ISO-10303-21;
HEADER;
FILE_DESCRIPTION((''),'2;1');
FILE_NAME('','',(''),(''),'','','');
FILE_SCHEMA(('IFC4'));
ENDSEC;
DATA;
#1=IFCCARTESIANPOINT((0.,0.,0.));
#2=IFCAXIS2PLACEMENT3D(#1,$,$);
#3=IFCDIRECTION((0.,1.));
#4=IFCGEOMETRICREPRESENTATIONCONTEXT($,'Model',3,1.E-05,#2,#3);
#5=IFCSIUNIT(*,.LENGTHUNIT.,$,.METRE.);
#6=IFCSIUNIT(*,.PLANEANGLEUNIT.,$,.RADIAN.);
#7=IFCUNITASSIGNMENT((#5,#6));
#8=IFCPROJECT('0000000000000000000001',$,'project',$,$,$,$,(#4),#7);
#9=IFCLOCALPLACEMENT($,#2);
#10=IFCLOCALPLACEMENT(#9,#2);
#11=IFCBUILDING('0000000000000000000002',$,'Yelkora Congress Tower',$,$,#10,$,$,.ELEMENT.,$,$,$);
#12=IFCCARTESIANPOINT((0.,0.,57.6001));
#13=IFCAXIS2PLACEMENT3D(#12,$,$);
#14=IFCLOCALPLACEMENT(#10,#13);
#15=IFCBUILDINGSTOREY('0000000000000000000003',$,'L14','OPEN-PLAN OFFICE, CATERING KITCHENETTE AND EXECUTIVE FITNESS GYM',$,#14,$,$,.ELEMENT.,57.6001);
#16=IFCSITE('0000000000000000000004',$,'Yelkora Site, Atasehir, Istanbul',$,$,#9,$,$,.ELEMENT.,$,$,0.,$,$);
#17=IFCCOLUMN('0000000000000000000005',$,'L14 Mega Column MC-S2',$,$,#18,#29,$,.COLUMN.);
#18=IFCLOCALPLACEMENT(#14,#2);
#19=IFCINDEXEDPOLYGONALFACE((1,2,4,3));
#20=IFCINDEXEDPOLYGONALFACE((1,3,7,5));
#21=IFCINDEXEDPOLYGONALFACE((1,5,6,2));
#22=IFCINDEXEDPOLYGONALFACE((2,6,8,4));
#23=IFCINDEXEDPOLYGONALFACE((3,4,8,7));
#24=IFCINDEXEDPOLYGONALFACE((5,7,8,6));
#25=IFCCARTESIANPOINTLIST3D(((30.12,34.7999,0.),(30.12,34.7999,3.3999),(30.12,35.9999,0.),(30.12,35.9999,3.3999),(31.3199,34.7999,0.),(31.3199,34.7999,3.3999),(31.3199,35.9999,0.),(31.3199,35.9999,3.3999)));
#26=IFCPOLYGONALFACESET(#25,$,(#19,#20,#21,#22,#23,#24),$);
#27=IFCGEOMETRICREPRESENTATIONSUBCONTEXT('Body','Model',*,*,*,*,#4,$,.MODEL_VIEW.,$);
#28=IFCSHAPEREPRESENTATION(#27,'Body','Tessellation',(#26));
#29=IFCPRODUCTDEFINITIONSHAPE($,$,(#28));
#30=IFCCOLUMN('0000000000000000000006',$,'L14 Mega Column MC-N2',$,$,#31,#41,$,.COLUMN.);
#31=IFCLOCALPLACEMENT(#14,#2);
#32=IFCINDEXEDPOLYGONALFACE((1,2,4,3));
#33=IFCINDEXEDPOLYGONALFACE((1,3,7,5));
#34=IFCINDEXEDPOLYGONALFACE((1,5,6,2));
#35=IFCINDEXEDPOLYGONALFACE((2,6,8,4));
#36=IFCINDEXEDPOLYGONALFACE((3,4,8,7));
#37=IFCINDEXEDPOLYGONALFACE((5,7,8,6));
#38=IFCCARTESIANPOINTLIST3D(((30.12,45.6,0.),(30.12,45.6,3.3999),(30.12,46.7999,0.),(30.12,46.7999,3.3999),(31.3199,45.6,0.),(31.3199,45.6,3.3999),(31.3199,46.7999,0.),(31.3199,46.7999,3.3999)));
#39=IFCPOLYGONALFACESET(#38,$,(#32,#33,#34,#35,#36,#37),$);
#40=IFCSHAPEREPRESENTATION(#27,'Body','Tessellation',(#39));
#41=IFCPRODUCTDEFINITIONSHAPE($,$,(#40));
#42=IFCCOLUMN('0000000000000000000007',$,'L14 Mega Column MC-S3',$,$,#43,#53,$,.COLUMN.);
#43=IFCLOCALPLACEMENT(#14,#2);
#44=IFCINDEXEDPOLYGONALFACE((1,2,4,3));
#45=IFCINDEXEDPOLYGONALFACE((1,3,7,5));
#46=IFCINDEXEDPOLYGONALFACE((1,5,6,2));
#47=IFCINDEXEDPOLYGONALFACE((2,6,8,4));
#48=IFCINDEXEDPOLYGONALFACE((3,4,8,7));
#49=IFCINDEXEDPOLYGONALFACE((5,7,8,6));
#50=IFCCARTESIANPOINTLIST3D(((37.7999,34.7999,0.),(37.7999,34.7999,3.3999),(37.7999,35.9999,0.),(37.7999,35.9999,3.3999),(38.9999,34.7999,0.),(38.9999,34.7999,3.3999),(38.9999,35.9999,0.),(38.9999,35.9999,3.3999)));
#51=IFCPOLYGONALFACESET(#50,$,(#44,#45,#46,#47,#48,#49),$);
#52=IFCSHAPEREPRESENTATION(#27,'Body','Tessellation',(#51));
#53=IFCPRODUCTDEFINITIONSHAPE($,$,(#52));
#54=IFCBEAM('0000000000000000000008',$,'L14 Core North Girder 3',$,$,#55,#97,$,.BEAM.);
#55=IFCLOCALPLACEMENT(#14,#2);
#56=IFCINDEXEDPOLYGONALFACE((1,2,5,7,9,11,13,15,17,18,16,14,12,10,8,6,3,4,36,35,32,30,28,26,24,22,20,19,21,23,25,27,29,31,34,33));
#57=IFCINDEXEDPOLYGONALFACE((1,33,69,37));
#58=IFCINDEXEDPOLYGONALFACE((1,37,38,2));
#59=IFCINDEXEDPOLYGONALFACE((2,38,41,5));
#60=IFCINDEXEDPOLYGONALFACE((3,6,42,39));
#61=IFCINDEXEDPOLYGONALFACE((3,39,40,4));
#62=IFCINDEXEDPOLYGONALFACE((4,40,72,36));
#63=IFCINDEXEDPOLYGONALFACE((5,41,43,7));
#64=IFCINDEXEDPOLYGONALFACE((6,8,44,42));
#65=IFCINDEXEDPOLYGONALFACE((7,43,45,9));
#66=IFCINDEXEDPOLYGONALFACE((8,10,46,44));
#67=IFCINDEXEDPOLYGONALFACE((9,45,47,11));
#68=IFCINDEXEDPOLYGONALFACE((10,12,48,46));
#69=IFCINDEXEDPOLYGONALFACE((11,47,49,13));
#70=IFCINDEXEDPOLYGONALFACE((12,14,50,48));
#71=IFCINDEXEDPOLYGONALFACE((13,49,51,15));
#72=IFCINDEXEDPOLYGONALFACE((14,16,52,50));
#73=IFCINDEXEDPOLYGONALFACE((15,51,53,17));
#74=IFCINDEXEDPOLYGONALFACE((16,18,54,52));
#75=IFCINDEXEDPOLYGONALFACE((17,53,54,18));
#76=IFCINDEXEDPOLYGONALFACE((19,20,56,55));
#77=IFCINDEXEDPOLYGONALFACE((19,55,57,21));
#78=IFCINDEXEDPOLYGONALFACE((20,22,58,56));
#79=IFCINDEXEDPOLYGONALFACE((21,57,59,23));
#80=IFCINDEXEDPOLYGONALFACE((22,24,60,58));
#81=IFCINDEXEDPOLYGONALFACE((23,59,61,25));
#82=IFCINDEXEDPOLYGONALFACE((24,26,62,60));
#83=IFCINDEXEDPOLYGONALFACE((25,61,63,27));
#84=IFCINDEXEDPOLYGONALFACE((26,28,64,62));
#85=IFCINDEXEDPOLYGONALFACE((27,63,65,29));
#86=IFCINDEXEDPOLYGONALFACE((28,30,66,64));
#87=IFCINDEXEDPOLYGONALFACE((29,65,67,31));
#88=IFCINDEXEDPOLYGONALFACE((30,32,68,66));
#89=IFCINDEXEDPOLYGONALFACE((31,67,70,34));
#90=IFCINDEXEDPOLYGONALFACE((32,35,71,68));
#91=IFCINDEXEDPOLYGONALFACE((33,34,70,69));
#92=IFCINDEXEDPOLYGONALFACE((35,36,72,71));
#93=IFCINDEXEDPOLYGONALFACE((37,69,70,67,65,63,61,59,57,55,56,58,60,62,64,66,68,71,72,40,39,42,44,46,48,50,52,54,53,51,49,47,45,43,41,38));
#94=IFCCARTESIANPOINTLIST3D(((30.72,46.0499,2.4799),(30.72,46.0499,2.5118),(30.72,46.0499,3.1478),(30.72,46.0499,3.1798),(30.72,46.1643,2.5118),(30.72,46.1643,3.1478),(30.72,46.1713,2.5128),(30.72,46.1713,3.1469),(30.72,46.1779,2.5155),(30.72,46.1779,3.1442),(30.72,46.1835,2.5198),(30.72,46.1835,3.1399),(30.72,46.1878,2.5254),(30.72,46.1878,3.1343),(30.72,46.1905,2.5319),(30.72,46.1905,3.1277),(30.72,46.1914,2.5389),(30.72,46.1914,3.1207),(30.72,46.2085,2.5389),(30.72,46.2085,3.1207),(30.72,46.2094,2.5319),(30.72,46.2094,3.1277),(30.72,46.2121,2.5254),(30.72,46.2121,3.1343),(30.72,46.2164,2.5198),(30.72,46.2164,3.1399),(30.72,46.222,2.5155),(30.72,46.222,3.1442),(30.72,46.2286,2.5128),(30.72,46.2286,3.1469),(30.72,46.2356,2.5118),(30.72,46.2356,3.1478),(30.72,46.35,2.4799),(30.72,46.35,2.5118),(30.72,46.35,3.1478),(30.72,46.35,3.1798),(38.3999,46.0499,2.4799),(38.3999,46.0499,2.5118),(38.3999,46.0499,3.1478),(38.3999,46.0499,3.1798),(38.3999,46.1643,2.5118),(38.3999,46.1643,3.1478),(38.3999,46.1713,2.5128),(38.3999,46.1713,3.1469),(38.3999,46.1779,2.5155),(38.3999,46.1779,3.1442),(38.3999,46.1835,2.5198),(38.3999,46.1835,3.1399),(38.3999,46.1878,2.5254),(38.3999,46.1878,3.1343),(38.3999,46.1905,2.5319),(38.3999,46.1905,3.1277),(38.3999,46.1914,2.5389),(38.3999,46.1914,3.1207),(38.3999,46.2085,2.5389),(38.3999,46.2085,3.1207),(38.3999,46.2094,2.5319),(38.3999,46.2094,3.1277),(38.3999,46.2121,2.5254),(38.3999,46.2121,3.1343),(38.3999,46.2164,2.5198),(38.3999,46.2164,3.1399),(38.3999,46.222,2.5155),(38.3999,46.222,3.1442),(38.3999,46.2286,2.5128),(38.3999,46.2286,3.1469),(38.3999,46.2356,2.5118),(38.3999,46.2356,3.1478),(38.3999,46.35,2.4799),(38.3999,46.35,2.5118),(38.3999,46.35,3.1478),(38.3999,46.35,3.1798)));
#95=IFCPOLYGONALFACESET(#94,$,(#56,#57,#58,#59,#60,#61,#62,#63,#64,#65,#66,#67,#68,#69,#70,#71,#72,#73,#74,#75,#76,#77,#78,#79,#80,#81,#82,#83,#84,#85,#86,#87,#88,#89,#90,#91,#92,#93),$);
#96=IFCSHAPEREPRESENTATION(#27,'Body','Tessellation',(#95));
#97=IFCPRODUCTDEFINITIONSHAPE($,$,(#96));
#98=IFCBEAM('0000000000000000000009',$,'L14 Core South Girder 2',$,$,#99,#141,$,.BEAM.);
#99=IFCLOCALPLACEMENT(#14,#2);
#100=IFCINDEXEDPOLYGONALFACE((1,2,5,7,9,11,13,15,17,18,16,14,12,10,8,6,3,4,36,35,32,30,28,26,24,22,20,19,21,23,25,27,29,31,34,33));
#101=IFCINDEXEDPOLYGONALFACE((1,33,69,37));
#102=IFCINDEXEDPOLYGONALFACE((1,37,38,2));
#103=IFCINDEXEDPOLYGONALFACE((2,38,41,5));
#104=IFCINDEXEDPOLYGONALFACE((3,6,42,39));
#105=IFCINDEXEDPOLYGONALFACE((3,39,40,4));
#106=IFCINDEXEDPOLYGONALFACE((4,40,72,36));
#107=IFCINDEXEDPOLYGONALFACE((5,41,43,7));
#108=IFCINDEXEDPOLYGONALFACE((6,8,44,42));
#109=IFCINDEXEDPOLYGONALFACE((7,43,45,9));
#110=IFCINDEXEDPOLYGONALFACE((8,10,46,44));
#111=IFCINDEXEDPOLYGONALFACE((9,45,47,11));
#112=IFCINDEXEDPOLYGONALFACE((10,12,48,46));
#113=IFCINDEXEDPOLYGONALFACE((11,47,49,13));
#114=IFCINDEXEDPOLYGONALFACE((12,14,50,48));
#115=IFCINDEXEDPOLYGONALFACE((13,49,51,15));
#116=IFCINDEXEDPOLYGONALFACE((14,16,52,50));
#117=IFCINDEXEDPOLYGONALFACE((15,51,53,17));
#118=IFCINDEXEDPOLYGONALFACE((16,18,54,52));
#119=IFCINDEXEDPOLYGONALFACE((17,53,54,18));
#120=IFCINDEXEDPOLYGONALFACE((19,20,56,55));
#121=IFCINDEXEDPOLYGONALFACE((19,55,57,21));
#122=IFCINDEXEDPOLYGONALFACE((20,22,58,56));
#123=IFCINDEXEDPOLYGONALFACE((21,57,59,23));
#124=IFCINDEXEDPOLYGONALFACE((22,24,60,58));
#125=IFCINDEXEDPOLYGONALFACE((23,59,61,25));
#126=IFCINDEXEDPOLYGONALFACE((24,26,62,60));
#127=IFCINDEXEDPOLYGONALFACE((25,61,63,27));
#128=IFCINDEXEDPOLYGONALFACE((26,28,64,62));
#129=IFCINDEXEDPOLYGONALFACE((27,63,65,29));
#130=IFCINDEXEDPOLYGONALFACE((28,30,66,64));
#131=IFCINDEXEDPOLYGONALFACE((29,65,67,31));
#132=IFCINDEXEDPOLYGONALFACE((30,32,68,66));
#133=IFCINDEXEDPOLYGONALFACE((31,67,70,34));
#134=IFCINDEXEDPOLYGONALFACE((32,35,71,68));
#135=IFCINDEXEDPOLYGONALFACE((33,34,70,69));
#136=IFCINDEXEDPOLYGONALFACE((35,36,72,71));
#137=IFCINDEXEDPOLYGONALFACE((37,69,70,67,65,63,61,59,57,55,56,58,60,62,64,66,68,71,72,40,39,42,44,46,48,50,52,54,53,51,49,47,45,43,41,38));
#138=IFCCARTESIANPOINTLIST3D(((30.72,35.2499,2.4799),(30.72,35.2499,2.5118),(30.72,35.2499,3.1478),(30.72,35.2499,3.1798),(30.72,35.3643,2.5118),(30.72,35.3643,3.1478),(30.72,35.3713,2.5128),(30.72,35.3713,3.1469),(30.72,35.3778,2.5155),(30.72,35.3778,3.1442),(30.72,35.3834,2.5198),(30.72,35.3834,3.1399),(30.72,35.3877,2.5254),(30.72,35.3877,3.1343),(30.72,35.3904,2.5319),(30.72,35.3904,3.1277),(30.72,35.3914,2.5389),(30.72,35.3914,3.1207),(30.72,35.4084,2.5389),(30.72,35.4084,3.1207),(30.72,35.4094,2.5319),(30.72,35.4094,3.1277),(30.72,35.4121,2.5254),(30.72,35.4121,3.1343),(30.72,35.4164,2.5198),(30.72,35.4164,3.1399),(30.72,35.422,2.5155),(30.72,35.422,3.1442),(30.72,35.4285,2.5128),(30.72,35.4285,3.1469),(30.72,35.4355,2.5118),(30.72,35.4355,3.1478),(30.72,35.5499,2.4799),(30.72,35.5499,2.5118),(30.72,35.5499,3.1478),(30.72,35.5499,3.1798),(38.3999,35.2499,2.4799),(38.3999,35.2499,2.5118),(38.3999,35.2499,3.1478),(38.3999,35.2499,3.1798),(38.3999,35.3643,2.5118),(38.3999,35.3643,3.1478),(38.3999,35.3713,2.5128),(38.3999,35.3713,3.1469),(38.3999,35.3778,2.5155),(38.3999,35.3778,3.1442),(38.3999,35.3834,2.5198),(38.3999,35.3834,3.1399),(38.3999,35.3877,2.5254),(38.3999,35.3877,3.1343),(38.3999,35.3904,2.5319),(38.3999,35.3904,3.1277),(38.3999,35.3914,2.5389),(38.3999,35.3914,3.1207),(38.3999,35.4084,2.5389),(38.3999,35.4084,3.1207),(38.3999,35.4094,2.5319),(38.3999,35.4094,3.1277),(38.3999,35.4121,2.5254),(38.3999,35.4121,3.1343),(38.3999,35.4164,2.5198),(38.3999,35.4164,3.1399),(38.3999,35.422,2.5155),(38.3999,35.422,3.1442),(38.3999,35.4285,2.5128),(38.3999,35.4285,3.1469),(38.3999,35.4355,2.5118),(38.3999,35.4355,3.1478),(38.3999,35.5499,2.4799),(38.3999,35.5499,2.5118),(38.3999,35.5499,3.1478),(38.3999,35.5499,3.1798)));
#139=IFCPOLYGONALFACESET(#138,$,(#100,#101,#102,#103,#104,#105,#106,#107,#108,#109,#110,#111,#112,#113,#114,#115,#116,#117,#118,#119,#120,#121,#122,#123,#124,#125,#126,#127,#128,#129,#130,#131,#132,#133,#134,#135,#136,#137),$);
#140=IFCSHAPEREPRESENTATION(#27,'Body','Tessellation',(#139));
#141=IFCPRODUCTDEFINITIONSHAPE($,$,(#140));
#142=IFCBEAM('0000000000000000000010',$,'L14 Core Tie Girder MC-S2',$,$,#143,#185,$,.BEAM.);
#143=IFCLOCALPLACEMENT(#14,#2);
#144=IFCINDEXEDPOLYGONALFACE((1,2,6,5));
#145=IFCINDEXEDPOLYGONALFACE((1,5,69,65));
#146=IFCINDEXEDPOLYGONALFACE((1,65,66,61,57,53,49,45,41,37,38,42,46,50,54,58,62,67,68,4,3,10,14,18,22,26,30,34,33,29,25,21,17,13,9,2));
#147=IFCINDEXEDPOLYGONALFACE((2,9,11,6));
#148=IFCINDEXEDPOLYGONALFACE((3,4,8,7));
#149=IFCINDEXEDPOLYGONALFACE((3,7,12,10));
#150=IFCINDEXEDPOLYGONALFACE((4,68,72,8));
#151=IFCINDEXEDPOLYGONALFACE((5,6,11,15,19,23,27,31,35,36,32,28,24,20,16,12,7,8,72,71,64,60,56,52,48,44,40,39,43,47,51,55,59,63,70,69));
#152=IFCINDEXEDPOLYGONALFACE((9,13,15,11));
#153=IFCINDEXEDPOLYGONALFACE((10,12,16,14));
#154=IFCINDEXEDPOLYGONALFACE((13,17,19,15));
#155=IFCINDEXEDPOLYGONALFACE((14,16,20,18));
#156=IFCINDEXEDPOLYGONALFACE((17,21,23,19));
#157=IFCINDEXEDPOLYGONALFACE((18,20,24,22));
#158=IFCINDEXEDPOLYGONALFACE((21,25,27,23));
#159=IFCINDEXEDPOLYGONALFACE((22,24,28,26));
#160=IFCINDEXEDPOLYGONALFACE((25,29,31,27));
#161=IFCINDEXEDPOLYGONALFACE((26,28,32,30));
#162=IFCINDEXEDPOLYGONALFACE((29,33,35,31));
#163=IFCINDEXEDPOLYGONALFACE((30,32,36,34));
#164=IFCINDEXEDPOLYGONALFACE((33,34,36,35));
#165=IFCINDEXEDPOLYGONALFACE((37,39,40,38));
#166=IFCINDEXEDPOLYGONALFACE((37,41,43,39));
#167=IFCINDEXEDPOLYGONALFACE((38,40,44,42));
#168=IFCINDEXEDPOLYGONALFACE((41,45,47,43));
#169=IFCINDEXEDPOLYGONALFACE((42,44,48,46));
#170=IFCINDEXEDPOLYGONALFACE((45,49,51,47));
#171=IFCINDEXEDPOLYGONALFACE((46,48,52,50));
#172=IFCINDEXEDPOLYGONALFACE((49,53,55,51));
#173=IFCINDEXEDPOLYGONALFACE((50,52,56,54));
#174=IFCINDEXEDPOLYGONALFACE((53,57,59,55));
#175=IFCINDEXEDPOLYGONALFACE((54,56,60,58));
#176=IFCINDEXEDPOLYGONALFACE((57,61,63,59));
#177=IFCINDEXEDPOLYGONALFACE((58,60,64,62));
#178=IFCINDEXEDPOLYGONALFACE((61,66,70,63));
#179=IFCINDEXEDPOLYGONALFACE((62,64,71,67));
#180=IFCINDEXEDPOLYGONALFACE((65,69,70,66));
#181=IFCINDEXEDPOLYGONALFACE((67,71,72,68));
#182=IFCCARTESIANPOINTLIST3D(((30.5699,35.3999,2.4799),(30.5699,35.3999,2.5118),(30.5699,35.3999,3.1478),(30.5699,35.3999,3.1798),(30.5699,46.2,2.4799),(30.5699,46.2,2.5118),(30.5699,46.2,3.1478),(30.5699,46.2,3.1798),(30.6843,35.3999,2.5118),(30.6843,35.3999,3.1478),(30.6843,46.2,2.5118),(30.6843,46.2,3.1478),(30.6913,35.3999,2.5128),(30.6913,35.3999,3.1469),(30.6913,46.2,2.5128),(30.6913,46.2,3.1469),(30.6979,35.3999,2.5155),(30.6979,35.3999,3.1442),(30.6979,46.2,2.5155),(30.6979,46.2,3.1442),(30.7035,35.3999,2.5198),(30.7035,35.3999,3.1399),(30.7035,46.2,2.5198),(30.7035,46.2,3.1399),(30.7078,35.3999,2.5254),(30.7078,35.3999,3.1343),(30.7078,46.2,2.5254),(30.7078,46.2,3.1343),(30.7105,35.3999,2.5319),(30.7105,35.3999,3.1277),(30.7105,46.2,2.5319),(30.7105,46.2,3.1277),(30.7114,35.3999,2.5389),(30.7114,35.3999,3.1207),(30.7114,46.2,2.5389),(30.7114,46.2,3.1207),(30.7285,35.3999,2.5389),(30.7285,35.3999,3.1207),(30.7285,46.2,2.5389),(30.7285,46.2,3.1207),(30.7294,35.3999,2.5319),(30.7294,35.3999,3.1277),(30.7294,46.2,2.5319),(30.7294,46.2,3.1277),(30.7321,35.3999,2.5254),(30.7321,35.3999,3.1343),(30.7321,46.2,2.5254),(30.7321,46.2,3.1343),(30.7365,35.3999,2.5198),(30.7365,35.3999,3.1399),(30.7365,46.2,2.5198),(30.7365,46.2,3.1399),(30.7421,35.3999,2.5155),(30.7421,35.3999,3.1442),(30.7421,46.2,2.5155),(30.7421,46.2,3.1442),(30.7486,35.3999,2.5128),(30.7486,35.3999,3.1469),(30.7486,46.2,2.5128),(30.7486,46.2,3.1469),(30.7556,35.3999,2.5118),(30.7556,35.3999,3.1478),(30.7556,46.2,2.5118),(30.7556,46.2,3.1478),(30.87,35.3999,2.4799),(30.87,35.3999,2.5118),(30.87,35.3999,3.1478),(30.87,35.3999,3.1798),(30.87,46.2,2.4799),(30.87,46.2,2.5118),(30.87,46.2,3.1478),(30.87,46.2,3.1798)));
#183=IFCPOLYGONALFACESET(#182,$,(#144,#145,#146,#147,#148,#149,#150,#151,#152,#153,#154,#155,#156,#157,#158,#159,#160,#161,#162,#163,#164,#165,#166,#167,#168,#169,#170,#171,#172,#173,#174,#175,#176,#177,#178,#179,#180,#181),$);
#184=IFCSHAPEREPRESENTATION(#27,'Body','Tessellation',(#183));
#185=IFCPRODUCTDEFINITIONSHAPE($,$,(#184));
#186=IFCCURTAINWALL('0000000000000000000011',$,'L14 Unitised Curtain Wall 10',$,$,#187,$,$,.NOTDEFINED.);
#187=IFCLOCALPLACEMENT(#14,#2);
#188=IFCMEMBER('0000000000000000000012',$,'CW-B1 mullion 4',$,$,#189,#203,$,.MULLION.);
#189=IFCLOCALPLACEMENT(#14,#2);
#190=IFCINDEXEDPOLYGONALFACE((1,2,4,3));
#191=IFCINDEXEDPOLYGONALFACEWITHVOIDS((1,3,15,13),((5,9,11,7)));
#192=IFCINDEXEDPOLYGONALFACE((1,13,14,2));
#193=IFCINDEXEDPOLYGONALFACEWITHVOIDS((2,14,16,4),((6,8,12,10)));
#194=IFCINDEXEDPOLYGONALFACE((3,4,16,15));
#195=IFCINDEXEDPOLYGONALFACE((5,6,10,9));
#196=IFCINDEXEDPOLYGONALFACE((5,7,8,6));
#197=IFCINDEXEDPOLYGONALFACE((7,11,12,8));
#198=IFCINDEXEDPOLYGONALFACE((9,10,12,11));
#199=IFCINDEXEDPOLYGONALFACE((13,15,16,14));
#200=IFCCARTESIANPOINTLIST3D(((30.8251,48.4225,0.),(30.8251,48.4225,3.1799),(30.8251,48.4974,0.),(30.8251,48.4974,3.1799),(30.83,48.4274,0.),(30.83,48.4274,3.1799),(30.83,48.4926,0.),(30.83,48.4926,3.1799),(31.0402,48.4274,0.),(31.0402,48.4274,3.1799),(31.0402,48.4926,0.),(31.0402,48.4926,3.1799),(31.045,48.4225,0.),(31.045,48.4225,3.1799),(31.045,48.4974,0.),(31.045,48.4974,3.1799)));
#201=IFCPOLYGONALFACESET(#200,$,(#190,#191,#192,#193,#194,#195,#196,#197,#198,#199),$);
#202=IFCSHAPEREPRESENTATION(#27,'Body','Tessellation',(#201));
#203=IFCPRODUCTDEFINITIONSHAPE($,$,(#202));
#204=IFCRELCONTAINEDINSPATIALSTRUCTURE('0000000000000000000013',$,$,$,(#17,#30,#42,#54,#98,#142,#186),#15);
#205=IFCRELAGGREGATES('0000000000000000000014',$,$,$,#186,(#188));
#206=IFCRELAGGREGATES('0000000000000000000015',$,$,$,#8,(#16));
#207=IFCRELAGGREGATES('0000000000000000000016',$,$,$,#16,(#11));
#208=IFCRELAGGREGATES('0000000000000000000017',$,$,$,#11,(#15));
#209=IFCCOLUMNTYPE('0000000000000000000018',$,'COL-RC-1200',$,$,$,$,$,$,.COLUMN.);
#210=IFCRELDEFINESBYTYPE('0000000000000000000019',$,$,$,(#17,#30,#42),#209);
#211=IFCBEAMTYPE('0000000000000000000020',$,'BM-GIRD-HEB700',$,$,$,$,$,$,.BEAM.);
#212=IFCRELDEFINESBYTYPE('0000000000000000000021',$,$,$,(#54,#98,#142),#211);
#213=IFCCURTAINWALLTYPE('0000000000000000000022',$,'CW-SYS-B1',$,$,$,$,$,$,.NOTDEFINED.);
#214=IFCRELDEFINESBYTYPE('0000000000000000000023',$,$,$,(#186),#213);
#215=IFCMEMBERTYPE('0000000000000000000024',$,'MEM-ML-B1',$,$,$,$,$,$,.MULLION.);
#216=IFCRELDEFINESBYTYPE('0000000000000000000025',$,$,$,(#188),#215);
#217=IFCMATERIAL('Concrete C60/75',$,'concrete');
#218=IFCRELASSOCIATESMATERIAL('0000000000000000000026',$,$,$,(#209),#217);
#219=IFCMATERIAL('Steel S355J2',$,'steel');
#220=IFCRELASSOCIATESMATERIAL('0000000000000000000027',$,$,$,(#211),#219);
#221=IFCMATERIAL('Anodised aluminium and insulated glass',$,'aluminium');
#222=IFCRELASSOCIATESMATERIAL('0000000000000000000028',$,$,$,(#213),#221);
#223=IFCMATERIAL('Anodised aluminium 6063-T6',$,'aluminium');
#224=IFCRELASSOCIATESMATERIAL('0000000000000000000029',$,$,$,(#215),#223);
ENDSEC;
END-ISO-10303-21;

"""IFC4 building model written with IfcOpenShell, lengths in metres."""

from ifc_helpers import new_model, si_unit, direction, frame, origin, origin_2d, place, context, subcontext, project, spatial, rectangle, hollow_rectangle, i_section, extrude, material, material_profile, profile_set, type_object, element, aggregate, save


model = new_model("IFC4")

# Units and contexts
model_context = context("Model", 3, precision=1e-05, world=origin(), true_north=direction((0.0, 1.0)))
body_context = subcontext(model_context, "Body", "Model", "MODEL_VIEW")
ifc_project = project(units=[si_unit("LENGTHUNIT", "METRE"), si_unit("PLANEANGLEUNIT", "RADIAN")], contexts=[model_context])

# Site, building, storey
site_placement = place(None, origin())
site = spatial("IfcSite", under=ifc_project, at=site_placement, Name="Yelkora Site, Atasehir, Istanbul", CompositionType="ELEMENT", RefElevation=0.0)
building_placement = place(site_placement, origin())
building = spatial("IfcBuilding", under=site, at=building_placement, Name="Yelkora Congress Tower", CompositionType="ELEMENT")
storey_placement = place(building_placement, frame((0.0, 0.0, 57.6001)))
storey = spatial("IfcBuildingStorey", under=building, at=storey_placement, Name="L14", Description="OPEN-PLAN OFFICE, CATERING KITCHENETTE AND EXECUTIVE FITNESS GYM", CompositionType="ELEMENT", Elevation=57.6001)

# Columns
ifc_material_1 = material(Name="Concrete C60/75", Category="concrete")
ifc_material_profile_1 = material_profile(ifc_material_1, rectangle(XDim=1.2, YDim=1.2, at=origin_2d()), Name="RC 1200x1200")
ifc_profile_set_1 = profile_set([ifc_material_profile_1], Name="Concrete C60/75")
column_type = type_object("IfcColumnType", Name="COL-RC-1200", PredefinedType="COLUMN", material=ifc_profile_set_1)
for number, where, z_axis, x_axis, name in (
    (1, (30.72, 35.3999, 0.0), (0.0, 0.0, 1.0), (1.0, 0.0, 0.0), "L14 Mega Column MC-S2"),
    (2, (30.72, 46.2, 0.0), (0.0, 0.0, 1.0), (1.0, 0.0, 0.0), "L14 Mega Column MC-N2"),
    (3, (38.3999, 35.3999, 0.0), (0.0, 0.0, 1.0), (1.0, 0.0, 0.0), "L14 Mega Column MC-S3"),
):
    element("IfcColumn", number, at=place(storey_placement, frame(where, z_axis=z_axis, x_axis=x_axis)), inside=storey, type_object=column_type, Name=name, PredefinedType="COLUMN", context=body_context, shape_type="SweptSolid", body=[
        extrude(rectangle(XDim=1.2, YDim=1.2, at=origin_2d()), origin(), (0.0, 0.0, 1.0), 3.3999),
    ])

# Beams
ifc_material_2 = material(Name="Steel S355J2", Category="steel")
ifc_material_profile_2 = material_profile(ifc_material_2, i_section(OverallWidth=0.3, OverallDepth=0.7, WebThickness=0.0171, FlangeThickness=0.032, FilletRadius=0.0271, at=origin_2d()), Name="HEB 700")
ifc_profile_set_2 = profile_set([ifc_material_profile_2], Name="Steel S355J2")
beam_type = type_object("IfcBeamType", Name="BM-GIRD-HEB700", PredefinedType="BEAM", material=ifc_profile_set_2)
for number, where, z_axis, x_axis, name in (
    (4, (30.72, 46.2, 2.8298), (1.0, 0.0, 0.0), (0.0, 1.0, 0.0), "L14 Core North Girder 3"),
    (5, (30.72, 35.3999, 2.8298), (1.0, 0.0, 0.0), (0.0, 1.0, 0.0), "L14 Core South Girder 2"),
):
    element("IfcBeam", number, at=place(storey_placement, frame(where, z_axis=z_axis, x_axis=x_axis)), inside=storey, type_object=beam_type, Name=name, PredefinedType="BEAM", context=body_context, shape_type="SweptSolid", body=[
        extrude(i_section(OverallWidth=0.3, OverallDepth=0.7, WebThickness=0.0171, FlangeThickness=0.032, FilletRadius=0.0271, at=origin_2d()), origin(), (0.0, 0.0, 1.0), 7.6799),
    ])
beam_placement = place(storey_placement, frame((30.72, 35.3999, 2.8298), z_axis=(0.0, 1.0, 0.0), x_axis=(-1.0, 0.0, 0.0)))
element("IfcBeam", 6, at=beam_placement, inside=storey, type_object=beam_type, Name="L14 Core Tie Girder MC-S2", PredefinedType="BEAM", context=body_context, shape_type="SweptSolid", body=[
    extrude(i_section(OverallWidth=0.3, OverallDepth=0.7, WebThickness=0.0171, FlangeThickness=0.032, FilletRadius=0.0271, at=origin_2d()), origin(), (0.0, 0.0, 1.0), 10.8),
])

# Curtain wall, member
ifc_material_3 = material(Name="Anodised aluminium and insulated glass", Category="aluminium")
curtain_wall_type = type_object("IfcCurtainWallType", Name="CW-SYS-B1", PredefinedType="NOTDEFINED", material=ifc_material_3)
curtain_wall_placement = place(storey_placement, origin())
curtain_wall = element("IfcCurtainWall", 7, at=curtain_wall_placement, inside=storey, type_object=curtain_wall_type, Name="L14 Unitised Curtain Wall 10", PredefinedType="NOTDEFINED")
ifc_material_4 = material(Name="Anodised aluminium 6063-T6", Category="aluminium")
ifc_material_profile_3 = material_profile(ifc_material_4, hollow_rectangle(XDim=0.075, YDim=0.22, WallThickness=0.0049, at=origin_2d()), Name="ALU 75x220x5")
ifc_profile_set_3 = profile_set([ifc_material_profile_3], Name="Anodised aluminium 6063-T6")
member_type_1 = type_object("IfcMemberType", Name="MEM-ML-B1", PredefinedType="MULLION", material=ifc_profile_set_3)
member_1_placement = place(storey_placement, frame((30.9351, 48.46, 0.0), z_axis=(0.0, 0.0, 1.0), x_axis=(0.0, 1.0, 0.0)))
member_1 = element("IfcMember", 8, at=member_1_placement, type_object=member_type_1, Name="CW-B1 mullion 4", PredefinedType="MULLION", context=body_context, shape_type="SweptSolid", body=[
    extrude(hollow_rectangle(XDim=0.075, YDim=0.22, WallThickness=0.0049, at=origin_2d()), origin(), (0.0, 0.0, 1.0), 3.1799),
])
aggregate(curtain_wall, [member_1])

save(model, "model.ifc")
